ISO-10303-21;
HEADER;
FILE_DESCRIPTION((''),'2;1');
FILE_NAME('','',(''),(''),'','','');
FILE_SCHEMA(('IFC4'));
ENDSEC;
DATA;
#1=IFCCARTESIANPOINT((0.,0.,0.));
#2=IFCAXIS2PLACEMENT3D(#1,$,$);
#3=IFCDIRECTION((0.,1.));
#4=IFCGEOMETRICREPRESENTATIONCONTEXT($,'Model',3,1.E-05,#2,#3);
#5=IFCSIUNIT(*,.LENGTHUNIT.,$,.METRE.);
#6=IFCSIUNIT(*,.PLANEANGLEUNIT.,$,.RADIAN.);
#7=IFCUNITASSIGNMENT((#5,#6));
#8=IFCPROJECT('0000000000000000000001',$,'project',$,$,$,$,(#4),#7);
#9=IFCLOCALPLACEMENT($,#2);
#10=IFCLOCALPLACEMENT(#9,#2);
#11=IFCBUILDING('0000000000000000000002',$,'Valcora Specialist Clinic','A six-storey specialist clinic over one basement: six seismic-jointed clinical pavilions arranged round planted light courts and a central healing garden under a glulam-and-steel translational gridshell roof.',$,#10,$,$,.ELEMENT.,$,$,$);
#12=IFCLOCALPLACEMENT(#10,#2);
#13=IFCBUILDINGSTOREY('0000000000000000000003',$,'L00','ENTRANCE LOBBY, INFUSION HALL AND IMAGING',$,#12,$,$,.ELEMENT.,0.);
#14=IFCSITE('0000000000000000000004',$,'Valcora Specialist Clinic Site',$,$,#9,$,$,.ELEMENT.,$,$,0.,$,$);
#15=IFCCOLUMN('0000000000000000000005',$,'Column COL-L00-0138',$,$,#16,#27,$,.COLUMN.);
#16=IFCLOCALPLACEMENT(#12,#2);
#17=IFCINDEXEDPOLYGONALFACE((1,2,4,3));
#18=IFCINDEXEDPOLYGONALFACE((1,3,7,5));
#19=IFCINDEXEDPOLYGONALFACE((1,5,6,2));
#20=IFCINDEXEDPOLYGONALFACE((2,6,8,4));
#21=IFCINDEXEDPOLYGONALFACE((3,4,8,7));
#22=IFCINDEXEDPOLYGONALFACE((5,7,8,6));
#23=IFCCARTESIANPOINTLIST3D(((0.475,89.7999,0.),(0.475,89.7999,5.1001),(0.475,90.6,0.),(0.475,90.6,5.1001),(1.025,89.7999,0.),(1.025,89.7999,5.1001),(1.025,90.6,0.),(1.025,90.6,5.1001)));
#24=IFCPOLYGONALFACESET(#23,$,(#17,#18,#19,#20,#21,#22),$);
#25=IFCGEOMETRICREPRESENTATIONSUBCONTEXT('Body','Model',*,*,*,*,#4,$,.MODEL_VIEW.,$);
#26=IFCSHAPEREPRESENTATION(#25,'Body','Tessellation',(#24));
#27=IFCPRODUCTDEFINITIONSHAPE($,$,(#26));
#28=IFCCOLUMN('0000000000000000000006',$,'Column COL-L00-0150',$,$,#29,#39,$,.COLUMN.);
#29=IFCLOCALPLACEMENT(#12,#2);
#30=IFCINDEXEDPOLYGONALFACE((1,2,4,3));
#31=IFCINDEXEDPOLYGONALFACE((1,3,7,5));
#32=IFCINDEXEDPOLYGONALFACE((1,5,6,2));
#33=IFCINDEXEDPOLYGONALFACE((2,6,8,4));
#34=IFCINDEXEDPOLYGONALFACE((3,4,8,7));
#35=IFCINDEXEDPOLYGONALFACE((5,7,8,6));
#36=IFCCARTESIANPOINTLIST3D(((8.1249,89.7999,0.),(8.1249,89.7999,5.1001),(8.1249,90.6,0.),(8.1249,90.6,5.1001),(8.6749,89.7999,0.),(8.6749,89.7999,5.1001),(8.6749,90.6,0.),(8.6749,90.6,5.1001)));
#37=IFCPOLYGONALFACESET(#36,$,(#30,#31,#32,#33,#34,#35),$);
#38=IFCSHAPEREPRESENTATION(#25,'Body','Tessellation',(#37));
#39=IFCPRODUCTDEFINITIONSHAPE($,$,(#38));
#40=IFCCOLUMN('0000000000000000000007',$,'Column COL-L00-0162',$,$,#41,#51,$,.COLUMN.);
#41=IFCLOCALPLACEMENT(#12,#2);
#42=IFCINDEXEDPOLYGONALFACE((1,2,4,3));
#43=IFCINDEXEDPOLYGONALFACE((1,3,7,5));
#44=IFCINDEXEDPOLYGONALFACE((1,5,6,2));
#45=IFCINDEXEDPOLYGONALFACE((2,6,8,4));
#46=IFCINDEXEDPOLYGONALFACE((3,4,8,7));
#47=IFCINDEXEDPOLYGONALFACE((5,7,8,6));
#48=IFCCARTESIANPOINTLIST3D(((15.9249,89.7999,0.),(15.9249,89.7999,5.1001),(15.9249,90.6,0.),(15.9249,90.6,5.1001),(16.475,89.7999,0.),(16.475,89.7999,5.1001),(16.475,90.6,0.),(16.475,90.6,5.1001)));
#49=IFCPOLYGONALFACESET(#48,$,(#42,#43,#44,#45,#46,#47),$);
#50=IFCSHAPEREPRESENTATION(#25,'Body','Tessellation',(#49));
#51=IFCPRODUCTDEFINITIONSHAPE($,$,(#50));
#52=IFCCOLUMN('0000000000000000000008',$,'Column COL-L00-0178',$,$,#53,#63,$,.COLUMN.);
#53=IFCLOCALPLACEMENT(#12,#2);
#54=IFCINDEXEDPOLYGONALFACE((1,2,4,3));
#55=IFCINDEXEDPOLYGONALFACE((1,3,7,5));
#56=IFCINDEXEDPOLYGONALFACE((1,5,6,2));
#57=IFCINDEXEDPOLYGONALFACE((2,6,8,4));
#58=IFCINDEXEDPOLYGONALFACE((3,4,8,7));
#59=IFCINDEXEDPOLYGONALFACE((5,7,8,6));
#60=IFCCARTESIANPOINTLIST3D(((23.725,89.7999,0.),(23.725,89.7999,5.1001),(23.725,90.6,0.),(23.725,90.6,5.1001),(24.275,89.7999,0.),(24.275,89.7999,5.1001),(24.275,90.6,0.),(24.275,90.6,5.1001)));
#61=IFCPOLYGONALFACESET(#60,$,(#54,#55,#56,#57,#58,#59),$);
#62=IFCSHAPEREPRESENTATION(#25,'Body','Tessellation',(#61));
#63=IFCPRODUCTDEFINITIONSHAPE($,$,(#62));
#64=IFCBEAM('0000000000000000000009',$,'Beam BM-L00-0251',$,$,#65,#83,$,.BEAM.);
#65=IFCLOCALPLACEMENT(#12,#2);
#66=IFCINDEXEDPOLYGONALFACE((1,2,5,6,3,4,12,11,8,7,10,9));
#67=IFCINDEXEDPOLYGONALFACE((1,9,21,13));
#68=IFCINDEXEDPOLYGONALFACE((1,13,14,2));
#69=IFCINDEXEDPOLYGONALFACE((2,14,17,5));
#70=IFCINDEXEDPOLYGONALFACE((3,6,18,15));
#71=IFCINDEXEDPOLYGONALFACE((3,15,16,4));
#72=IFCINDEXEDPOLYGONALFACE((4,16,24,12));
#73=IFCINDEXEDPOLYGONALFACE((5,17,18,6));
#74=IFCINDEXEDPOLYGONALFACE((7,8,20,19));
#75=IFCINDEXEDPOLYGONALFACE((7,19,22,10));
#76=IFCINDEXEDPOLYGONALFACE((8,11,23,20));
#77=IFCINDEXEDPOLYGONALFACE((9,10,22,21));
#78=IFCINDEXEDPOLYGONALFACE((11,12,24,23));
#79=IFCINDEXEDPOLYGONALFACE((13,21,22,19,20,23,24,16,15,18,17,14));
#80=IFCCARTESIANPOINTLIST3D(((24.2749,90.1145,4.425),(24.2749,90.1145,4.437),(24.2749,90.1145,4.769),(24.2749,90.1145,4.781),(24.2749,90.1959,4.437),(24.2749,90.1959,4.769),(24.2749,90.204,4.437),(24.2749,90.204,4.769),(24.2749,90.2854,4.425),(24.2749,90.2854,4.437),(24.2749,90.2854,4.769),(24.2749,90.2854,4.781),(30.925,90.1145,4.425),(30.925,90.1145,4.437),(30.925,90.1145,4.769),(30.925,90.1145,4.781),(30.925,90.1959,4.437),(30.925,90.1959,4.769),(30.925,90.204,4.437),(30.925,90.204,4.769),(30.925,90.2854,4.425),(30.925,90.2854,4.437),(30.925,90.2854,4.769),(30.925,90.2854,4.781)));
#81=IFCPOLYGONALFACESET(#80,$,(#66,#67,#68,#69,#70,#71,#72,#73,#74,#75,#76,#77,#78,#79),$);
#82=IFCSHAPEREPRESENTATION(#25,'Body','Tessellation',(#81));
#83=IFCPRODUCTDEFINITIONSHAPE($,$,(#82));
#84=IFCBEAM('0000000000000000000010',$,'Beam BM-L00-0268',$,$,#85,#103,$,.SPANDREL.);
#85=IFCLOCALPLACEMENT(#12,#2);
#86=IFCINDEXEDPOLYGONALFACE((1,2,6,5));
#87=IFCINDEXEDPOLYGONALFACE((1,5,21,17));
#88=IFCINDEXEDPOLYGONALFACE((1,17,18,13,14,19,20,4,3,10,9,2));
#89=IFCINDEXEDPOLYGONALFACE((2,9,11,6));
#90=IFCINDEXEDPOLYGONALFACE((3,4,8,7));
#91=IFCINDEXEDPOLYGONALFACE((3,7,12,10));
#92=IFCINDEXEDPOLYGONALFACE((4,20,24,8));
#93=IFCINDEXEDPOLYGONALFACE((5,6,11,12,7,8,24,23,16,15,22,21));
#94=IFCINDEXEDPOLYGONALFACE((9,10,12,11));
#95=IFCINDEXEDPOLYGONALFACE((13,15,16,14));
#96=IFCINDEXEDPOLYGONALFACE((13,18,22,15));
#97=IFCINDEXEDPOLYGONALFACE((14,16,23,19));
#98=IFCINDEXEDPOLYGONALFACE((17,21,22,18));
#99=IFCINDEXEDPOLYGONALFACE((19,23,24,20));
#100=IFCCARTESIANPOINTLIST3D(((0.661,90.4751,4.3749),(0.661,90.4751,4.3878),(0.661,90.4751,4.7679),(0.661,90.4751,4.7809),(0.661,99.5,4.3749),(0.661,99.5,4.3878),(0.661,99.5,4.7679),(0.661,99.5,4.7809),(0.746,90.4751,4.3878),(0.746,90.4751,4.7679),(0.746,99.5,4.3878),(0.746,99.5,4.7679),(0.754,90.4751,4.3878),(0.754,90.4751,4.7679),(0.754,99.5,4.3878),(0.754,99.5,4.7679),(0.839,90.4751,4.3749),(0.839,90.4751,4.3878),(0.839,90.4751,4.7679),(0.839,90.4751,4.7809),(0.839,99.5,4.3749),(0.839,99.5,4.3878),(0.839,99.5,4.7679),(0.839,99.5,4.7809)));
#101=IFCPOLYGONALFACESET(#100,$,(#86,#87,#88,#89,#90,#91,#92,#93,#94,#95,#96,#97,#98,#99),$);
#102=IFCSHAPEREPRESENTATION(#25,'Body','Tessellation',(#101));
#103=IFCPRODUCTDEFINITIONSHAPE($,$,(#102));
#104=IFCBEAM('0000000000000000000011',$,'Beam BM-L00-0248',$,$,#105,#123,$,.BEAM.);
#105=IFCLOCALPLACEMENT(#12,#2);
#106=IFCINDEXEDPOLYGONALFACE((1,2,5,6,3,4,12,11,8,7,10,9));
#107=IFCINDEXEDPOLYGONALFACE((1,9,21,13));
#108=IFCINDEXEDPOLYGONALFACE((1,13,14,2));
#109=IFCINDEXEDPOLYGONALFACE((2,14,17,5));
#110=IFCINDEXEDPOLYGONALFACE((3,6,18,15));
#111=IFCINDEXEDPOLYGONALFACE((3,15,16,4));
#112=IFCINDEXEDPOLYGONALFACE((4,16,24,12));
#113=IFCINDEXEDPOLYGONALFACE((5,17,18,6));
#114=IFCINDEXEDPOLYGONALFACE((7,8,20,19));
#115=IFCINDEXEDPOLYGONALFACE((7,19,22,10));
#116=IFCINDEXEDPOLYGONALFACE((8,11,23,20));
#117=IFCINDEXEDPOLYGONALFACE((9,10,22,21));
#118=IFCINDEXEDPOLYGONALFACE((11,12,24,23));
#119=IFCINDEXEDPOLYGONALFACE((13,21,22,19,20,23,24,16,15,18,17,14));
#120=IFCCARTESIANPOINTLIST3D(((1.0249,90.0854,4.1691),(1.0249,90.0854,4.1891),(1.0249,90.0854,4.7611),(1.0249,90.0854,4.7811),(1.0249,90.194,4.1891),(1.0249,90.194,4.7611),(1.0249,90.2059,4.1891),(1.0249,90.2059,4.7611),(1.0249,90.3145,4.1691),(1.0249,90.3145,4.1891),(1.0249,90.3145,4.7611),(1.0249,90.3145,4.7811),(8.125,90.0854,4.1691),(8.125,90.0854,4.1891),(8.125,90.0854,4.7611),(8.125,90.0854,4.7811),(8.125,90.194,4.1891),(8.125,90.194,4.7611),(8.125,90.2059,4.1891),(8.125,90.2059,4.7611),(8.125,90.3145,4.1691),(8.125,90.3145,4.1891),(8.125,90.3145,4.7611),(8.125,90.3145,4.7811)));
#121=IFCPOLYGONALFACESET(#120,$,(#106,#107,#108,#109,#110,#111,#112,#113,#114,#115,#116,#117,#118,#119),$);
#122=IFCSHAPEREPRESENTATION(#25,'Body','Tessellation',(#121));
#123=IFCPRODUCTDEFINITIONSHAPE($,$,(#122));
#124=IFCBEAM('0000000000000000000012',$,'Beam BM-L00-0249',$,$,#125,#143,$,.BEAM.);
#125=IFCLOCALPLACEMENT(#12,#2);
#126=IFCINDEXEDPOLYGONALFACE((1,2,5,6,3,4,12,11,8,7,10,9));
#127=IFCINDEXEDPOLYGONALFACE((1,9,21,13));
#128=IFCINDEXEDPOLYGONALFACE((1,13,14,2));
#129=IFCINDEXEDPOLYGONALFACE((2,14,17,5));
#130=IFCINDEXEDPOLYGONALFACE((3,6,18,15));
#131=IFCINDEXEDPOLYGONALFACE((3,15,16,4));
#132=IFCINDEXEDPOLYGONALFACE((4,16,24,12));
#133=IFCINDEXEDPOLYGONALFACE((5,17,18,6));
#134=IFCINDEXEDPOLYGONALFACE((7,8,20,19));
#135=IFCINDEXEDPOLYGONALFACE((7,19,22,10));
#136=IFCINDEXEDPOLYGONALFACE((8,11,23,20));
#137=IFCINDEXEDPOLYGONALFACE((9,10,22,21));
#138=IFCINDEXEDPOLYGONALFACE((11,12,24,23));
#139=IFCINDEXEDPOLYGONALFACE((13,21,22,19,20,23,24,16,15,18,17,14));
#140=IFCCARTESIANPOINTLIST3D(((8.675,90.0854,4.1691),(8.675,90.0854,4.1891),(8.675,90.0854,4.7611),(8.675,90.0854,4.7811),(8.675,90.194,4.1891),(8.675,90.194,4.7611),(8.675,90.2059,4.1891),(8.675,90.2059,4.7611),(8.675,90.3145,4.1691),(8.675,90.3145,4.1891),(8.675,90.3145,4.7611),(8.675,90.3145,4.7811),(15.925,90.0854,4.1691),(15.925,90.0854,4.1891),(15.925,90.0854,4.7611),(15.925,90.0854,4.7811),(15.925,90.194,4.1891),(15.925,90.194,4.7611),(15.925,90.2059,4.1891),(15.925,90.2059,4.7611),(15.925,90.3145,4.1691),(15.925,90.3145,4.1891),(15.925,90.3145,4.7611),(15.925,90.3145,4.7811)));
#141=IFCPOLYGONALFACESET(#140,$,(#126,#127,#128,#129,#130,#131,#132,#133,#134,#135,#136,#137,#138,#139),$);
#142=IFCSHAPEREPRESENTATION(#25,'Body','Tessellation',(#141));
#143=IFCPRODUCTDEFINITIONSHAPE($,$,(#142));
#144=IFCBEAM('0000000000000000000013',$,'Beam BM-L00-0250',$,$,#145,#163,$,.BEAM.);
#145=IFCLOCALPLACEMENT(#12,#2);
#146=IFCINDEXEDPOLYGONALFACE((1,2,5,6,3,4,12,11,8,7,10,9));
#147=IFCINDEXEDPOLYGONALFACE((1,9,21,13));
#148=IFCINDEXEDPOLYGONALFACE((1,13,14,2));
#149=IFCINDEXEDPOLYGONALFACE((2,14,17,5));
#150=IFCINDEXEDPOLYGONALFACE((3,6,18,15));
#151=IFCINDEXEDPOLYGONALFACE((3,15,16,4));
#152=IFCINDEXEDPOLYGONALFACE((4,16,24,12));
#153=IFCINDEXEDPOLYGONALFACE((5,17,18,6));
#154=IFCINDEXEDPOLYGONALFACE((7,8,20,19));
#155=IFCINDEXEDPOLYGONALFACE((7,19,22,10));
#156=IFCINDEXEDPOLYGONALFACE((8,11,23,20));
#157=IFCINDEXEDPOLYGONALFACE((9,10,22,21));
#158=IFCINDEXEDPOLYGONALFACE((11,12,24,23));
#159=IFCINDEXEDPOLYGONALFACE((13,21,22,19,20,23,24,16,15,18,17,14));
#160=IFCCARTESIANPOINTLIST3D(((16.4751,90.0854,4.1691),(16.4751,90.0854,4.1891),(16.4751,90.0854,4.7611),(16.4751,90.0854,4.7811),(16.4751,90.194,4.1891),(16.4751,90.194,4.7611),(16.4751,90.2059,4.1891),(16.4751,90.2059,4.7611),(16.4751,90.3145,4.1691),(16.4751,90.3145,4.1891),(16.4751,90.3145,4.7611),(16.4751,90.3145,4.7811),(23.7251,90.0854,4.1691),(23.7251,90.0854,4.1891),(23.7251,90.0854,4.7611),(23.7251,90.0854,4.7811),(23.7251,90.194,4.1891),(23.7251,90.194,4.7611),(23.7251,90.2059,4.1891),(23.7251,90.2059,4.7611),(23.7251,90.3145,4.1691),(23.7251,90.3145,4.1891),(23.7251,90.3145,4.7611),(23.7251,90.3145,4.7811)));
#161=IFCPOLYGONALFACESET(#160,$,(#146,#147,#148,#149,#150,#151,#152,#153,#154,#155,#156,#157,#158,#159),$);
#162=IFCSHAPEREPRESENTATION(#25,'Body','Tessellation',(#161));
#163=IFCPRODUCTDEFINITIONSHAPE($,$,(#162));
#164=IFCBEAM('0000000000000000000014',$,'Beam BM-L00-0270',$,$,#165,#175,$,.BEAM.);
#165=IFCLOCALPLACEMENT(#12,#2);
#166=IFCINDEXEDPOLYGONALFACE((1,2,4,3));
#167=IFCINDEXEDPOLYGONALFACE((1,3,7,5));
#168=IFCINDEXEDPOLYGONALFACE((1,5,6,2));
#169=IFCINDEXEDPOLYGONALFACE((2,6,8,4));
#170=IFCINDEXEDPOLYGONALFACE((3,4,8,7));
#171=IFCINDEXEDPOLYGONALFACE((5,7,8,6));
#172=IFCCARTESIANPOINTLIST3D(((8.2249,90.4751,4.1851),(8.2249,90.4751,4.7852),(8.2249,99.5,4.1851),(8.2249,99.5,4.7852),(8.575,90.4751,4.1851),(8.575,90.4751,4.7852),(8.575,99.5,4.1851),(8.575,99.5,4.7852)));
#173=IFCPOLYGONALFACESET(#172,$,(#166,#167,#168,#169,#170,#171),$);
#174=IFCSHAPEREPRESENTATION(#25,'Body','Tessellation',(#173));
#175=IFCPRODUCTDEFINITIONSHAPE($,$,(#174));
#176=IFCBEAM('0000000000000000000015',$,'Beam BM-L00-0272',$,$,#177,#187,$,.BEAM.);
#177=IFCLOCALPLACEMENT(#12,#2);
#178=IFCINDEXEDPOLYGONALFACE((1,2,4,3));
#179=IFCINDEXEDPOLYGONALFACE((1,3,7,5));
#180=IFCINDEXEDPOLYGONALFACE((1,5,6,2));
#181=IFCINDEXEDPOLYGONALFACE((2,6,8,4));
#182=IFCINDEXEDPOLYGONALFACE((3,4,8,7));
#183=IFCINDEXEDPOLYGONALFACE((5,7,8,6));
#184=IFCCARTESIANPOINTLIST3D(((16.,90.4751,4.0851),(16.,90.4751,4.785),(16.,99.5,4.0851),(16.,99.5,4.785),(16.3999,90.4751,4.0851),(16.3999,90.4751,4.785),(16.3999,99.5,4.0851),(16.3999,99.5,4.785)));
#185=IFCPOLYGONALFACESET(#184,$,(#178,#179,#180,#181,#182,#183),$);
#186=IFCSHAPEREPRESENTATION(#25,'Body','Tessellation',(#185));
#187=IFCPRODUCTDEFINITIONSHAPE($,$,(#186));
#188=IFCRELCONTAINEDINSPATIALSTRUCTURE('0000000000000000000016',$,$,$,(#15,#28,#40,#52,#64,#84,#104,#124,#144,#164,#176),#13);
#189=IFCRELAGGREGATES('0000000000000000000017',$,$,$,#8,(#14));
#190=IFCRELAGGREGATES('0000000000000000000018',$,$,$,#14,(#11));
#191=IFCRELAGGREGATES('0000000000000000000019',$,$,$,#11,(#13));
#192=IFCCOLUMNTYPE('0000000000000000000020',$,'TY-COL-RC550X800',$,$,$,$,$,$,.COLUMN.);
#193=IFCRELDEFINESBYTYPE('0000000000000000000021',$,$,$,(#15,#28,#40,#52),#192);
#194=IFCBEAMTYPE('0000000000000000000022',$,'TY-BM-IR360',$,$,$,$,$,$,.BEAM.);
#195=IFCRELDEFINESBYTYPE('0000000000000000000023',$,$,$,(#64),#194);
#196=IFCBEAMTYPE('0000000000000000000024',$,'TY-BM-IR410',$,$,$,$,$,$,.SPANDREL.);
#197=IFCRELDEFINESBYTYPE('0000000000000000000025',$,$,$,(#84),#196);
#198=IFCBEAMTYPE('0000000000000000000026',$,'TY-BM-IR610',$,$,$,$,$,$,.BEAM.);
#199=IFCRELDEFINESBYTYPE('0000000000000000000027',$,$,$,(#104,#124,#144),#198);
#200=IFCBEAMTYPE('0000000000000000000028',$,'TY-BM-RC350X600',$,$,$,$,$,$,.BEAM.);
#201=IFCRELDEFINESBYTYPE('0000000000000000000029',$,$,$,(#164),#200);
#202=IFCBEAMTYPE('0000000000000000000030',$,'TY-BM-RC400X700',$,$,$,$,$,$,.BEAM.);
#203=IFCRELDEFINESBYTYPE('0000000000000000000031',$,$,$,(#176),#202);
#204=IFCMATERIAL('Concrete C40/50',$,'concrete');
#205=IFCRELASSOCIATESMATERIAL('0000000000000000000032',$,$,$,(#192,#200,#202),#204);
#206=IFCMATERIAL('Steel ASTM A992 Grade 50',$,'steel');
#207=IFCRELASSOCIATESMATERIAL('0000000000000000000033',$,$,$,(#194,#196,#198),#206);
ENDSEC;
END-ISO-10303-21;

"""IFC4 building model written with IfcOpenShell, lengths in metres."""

from ifc_helpers import new_model, si_unit, direction, frame, origin, origin_2d, place, context, subcontext, project, spatial, rectangle, i_section, extrude, material, material_profile, profile_set, type_object, element, save


model = new_model("IFC4")

# Units and contexts
model_context = context("Model", 3, precision=1e-05, world=origin(), true_north=direction((0.0, 1.0)))
body_context = subcontext(model_context, "Body", "Model", "MODEL_VIEW")
ifc_project = project(units=[si_unit("LENGTHUNIT", "METRE"), si_unit("PLANEANGLEUNIT", "RADIAN")], contexts=[model_context])

# Site, building, storey
site_placement = place(None, origin())
site = spatial("IfcSite", under=ifc_project, at=site_placement, Name="Valcora Specialist Clinic Site", CompositionType="ELEMENT", RefElevation=0.0)
building_placement = place(site_placement, origin())
building = spatial("IfcBuilding", under=site, at=building_placement, Name="Valcora Specialist Clinic", Description="A six-storey specialist clinic over one basement: six seismic-jointed clinical pavilions arranged round planted light courts and a central healing garden under a glulam-and-steel translational gridshell roof.", CompositionType="ELEMENT")
storey_placement = place(building_placement, origin())
storey = spatial("IfcBuildingStorey", under=building, at=storey_placement, Name="L00", Description="ENTRANCE LOBBY, INFUSION HALL AND IMAGING", CompositionType="ELEMENT", Elevation=0.0)

# Columns
ifc_material_1 = material(Name="Concrete C40/50", Category="concrete")
ifc_material_profile_1 = material_profile(ifc_material_1, rectangle(XDim=0.55, YDim=0.8, at=origin_2d()), Name="RC-COL-550X800")
ifc_profile_set_1 = profile_set([ifc_material_profile_1], Name="Concrete C40/50")
column_type = type_object("IfcColumnType", Name="TY-COL-RC550X800", PredefinedType="COLUMN", material=ifc_profile_set_1)
for number, where, z_axis, x_axis, name in (
    (1, (0.75, 90.2, 0.0), (0.0, 0.0, 1.0), (1.0, 0.0, 0.0), "Column COL-L00-0138"),
    (2, (8.3999, 90.2, 0.0), (0.0, 0.0, 1.0), (1.0, 0.0, 0.0), "Column COL-L00-0150"),
    (3, (16.2, 90.2, 0.0), (0.0, 0.0, 1.0), (1.0, 0.0, 0.0), "Column COL-L00-0162"),
    (4, (24.0, 90.2, 0.0), (0.0, 0.0, 1.0), (1.0, 0.0, 0.0), "Column COL-L00-0178"),
):
    element("IfcColumn", number, at=place(storey_placement, frame(where, z_axis=z_axis, x_axis=x_axis)), inside=storey, type_object=column_type, Name=name, PredefinedType="COLUMN", context=body_context, shape_type="SweptSolid", body=[
        extrude(rectangle(XDim=0.55, YDim=0.8, at=origin_2d()), origin(), (0.0, 0.0, 1.0), 5.1001),
    ])

# Beams
ifc_material_2 = material(Name="Steel ASTM A992 Grade 50", Category="steel")
ifc_material_profile_2 = material_profile(ifc_material_2, i_section(OverallWidth=0.1709, OverallDepth=0.356, WebThickness=0.0081, FlangeThickness=0.012, at=origin_2d()), Name="ST-IR-360X170")
ifc_profile_set_2 = profile_set([ifc_material_profile_2], Name="Steel ASTM A992 Grade 50")
beam_type_1 = type_object("IfcBeamType", Name="TY-BM-IR360", PredefinedType="BEAM", material=ifc_profile_set_2)
beam_1_placement = place(storey_placement, frame((24.2749, 90.2, 4.603), z_axis=(1.0, 0.0, 0.0), x_axis=(0.0, 1.0, 0.0)))
element("IfcBeam", 5, at=beam_1_placement, inside=storey, type_object=beam_type_1, Name="Beam BM-L00-0251", PredefinedType="BEAM", context=body_context, shape_type="SweptSolid", body=[
    extrude(i_section(OverallWidth=0.1709, OverallDepth=0.356, WebThickness=0.0081, FlangeThickness=0.012, at=origin_2d()), origin(), (0.0, 0.0, 1.0), 6.6501),
])
ifc_material_profile_3 = material_profile(ifc_material_2, i_section(OverallWidth=0.178, OverallDepth=0.406, WebThickness=0.0081, FlangeThickness=0.0129, at=origin_2d()), Name="ST-IR-410X180")
ifc_profile_set_3 = profile_set([ifc_material_profile_3], Name="Steel ASTM A992 Grade 50")
beam_type_2 = type_object("IfcBeamType", Name="TY-BM-IR410", PredefinedType="SPANDREL", material=ifc_profile_set_3)
beam_2_placement = place(storey_placement, frame((0.75, 90.4751, 4.5779), z_axis=(0.0, 1.0, 0.0), x_axis=(-1.0, 0.0, 0.0)))
element("IfcBeam", 6, at=beam_2_placement, inside=storey, type_object=beam_type_2, Name="Beam BM-L00-0268", PredefinedType="SPANDREL", context=body_context, shape_type="SweptSolid", body=[
    extrude(i_section(OverallWidth=0.178, OverallDepth=0.406, WebThickness=0.0081, FlangeThickness=0.0129, at=origin_2d()), origin(), (0.0, 0.0, 1.0), 9.0249),
])
ifc_material_profile_4 = material_profile(ifc_material_2, i_section(OverallWidth=0.229, OverallDepth=0.6121, WebThickness=0.012, FlangeThickness=0.02, at=origin_2d()), Name="ST-IR-610X229")
ifc_profile_set_4 = profile_set([ifc_material_profile_4], Name="Steel ASTM A992 Grade 50")
beam_type_3 = type_object("IfcBeamType", Name="TY-BM-IR610", PredefinedType="BEAM", material=ifc_profile_set_4)
beam_3_placement = place(storey_placement, frame((1.0249, 90.2, 4.4751), z_axis=(1.0, 0.0, 0.0), x_axis=(0.0, 1.0, 0.0)))
element("IfcBeam", 7, at=beam_3_placement, inside=storey, type_object=beam_type_3, Name="Beam BM-L00-0248", PredefinedType="BEAM", context=body_context, shape_type="SweptSolid", body=[
    extrude(i_section(OverallWidth=0.229, OverallDepth=0.6121, WebThickness=0.012, FlangeThickness=0.02, at=origin_2d()), origin(), (0.0, 0.0, 1.0), 7.1001),
])
for number, where, z_axis, x_axis, name in (
    (8, (8.675, 90.2, 4.4751), (1.0, 0.0, 0.0), (0.0, 1.0, 0.0), "Beam BM-L00-0249"),
    (9, (16.4751, 90.2, 4.4751), (1.0, 0.0, 0.0), (0.0, 1.0, 0.0), "Beam BM-L00-0250"),
):
    element("IfcBeam", number, at=place(storey_placement, frame(where, z_axis=z_axis, x_axis=x_axis)), inside=storey, type_object=beam_type_3, Name=name, PredefinedType="BEAM", context=body_context, shape_type="SweptSolid", body=[
        extrude(i_section(OverallWidth=0.229, OverallDepth=0.6121, WebThickness=0.012, FlangeThickness=0.02, at=origin_2d()), origin(), (0.0, 0.0, 1.0), 7.25),
    ])
ifc_material_profile_5 = material_profile(ifc_material_1, rectangle(XDim=0.3501, YDim=0.6001, at=origin_2d()), Name="RC-BM-350X600")
ifc_profile_set_5 = profile_set([ifc_material_profile_5], Name="Concrete C40/50")
beam_type_4 = type_object("IfcBeamType", Name="TY-BM-RC350X600", PredefinedType="BEAM", material=ifc_profile_set_5)
beam_4_placement = place(storey_placement, frame((8.3999, 90.4751, 4.4851), z_axis=(0.0, 1.0, 0.0), x_axis=(-1.0, 0.0, 0.0)))
element("IfcBeam", 10, at=beam_4_placement, inside=storey, type_object=beam_type_4, Name="Beam BM-L00-0270", PredefinedType="BEAM", context=body_context, shape_type="SweptSolid", body=[
    extrude(rectangle(XDim=0.3501, YDim=0.6001, at=origin_2d()), origin(), (0.0, 0.0, 1.0), 9.0249),
])
ifc_material_profile_6 = material_profile(ifc_material_1, rectangle(XDim=0.3999, YDim=0.7, at=origin_2d()), Name="RC-BM-400X700")
ifc_profile_set_6 = profile_set([ifc_material_profile_6], Name="Concrete C40/50")
beam_type_5 = type_object("IfcBeamType", Name="TY-BM-RC400X700", PredefinedType="BEAM", material=ifc_profile_set_6)
beam_5_placement = place(storey_placement, frame((16.2, 90.4751, 4.4351), z_axis=(0.0, 1.0, 0.0), x_axis=(-1.0, 0.0, 0.0)))
element("IfcBeam", 11, at=beam_5_placement, inside=storey, type_object=beam_type_5, Name="Beam BM-L00-0272", PredefinedType="BEAM", context=body_context, shape_type="SweptSolid", body=[
    extrude(rectangle(XDim=0.3999, YDim=0.7, at=origin_2d()), origin(), (0.0, 0.0, 1.0), 9.0249),
])

save(model, "model.ifc")
